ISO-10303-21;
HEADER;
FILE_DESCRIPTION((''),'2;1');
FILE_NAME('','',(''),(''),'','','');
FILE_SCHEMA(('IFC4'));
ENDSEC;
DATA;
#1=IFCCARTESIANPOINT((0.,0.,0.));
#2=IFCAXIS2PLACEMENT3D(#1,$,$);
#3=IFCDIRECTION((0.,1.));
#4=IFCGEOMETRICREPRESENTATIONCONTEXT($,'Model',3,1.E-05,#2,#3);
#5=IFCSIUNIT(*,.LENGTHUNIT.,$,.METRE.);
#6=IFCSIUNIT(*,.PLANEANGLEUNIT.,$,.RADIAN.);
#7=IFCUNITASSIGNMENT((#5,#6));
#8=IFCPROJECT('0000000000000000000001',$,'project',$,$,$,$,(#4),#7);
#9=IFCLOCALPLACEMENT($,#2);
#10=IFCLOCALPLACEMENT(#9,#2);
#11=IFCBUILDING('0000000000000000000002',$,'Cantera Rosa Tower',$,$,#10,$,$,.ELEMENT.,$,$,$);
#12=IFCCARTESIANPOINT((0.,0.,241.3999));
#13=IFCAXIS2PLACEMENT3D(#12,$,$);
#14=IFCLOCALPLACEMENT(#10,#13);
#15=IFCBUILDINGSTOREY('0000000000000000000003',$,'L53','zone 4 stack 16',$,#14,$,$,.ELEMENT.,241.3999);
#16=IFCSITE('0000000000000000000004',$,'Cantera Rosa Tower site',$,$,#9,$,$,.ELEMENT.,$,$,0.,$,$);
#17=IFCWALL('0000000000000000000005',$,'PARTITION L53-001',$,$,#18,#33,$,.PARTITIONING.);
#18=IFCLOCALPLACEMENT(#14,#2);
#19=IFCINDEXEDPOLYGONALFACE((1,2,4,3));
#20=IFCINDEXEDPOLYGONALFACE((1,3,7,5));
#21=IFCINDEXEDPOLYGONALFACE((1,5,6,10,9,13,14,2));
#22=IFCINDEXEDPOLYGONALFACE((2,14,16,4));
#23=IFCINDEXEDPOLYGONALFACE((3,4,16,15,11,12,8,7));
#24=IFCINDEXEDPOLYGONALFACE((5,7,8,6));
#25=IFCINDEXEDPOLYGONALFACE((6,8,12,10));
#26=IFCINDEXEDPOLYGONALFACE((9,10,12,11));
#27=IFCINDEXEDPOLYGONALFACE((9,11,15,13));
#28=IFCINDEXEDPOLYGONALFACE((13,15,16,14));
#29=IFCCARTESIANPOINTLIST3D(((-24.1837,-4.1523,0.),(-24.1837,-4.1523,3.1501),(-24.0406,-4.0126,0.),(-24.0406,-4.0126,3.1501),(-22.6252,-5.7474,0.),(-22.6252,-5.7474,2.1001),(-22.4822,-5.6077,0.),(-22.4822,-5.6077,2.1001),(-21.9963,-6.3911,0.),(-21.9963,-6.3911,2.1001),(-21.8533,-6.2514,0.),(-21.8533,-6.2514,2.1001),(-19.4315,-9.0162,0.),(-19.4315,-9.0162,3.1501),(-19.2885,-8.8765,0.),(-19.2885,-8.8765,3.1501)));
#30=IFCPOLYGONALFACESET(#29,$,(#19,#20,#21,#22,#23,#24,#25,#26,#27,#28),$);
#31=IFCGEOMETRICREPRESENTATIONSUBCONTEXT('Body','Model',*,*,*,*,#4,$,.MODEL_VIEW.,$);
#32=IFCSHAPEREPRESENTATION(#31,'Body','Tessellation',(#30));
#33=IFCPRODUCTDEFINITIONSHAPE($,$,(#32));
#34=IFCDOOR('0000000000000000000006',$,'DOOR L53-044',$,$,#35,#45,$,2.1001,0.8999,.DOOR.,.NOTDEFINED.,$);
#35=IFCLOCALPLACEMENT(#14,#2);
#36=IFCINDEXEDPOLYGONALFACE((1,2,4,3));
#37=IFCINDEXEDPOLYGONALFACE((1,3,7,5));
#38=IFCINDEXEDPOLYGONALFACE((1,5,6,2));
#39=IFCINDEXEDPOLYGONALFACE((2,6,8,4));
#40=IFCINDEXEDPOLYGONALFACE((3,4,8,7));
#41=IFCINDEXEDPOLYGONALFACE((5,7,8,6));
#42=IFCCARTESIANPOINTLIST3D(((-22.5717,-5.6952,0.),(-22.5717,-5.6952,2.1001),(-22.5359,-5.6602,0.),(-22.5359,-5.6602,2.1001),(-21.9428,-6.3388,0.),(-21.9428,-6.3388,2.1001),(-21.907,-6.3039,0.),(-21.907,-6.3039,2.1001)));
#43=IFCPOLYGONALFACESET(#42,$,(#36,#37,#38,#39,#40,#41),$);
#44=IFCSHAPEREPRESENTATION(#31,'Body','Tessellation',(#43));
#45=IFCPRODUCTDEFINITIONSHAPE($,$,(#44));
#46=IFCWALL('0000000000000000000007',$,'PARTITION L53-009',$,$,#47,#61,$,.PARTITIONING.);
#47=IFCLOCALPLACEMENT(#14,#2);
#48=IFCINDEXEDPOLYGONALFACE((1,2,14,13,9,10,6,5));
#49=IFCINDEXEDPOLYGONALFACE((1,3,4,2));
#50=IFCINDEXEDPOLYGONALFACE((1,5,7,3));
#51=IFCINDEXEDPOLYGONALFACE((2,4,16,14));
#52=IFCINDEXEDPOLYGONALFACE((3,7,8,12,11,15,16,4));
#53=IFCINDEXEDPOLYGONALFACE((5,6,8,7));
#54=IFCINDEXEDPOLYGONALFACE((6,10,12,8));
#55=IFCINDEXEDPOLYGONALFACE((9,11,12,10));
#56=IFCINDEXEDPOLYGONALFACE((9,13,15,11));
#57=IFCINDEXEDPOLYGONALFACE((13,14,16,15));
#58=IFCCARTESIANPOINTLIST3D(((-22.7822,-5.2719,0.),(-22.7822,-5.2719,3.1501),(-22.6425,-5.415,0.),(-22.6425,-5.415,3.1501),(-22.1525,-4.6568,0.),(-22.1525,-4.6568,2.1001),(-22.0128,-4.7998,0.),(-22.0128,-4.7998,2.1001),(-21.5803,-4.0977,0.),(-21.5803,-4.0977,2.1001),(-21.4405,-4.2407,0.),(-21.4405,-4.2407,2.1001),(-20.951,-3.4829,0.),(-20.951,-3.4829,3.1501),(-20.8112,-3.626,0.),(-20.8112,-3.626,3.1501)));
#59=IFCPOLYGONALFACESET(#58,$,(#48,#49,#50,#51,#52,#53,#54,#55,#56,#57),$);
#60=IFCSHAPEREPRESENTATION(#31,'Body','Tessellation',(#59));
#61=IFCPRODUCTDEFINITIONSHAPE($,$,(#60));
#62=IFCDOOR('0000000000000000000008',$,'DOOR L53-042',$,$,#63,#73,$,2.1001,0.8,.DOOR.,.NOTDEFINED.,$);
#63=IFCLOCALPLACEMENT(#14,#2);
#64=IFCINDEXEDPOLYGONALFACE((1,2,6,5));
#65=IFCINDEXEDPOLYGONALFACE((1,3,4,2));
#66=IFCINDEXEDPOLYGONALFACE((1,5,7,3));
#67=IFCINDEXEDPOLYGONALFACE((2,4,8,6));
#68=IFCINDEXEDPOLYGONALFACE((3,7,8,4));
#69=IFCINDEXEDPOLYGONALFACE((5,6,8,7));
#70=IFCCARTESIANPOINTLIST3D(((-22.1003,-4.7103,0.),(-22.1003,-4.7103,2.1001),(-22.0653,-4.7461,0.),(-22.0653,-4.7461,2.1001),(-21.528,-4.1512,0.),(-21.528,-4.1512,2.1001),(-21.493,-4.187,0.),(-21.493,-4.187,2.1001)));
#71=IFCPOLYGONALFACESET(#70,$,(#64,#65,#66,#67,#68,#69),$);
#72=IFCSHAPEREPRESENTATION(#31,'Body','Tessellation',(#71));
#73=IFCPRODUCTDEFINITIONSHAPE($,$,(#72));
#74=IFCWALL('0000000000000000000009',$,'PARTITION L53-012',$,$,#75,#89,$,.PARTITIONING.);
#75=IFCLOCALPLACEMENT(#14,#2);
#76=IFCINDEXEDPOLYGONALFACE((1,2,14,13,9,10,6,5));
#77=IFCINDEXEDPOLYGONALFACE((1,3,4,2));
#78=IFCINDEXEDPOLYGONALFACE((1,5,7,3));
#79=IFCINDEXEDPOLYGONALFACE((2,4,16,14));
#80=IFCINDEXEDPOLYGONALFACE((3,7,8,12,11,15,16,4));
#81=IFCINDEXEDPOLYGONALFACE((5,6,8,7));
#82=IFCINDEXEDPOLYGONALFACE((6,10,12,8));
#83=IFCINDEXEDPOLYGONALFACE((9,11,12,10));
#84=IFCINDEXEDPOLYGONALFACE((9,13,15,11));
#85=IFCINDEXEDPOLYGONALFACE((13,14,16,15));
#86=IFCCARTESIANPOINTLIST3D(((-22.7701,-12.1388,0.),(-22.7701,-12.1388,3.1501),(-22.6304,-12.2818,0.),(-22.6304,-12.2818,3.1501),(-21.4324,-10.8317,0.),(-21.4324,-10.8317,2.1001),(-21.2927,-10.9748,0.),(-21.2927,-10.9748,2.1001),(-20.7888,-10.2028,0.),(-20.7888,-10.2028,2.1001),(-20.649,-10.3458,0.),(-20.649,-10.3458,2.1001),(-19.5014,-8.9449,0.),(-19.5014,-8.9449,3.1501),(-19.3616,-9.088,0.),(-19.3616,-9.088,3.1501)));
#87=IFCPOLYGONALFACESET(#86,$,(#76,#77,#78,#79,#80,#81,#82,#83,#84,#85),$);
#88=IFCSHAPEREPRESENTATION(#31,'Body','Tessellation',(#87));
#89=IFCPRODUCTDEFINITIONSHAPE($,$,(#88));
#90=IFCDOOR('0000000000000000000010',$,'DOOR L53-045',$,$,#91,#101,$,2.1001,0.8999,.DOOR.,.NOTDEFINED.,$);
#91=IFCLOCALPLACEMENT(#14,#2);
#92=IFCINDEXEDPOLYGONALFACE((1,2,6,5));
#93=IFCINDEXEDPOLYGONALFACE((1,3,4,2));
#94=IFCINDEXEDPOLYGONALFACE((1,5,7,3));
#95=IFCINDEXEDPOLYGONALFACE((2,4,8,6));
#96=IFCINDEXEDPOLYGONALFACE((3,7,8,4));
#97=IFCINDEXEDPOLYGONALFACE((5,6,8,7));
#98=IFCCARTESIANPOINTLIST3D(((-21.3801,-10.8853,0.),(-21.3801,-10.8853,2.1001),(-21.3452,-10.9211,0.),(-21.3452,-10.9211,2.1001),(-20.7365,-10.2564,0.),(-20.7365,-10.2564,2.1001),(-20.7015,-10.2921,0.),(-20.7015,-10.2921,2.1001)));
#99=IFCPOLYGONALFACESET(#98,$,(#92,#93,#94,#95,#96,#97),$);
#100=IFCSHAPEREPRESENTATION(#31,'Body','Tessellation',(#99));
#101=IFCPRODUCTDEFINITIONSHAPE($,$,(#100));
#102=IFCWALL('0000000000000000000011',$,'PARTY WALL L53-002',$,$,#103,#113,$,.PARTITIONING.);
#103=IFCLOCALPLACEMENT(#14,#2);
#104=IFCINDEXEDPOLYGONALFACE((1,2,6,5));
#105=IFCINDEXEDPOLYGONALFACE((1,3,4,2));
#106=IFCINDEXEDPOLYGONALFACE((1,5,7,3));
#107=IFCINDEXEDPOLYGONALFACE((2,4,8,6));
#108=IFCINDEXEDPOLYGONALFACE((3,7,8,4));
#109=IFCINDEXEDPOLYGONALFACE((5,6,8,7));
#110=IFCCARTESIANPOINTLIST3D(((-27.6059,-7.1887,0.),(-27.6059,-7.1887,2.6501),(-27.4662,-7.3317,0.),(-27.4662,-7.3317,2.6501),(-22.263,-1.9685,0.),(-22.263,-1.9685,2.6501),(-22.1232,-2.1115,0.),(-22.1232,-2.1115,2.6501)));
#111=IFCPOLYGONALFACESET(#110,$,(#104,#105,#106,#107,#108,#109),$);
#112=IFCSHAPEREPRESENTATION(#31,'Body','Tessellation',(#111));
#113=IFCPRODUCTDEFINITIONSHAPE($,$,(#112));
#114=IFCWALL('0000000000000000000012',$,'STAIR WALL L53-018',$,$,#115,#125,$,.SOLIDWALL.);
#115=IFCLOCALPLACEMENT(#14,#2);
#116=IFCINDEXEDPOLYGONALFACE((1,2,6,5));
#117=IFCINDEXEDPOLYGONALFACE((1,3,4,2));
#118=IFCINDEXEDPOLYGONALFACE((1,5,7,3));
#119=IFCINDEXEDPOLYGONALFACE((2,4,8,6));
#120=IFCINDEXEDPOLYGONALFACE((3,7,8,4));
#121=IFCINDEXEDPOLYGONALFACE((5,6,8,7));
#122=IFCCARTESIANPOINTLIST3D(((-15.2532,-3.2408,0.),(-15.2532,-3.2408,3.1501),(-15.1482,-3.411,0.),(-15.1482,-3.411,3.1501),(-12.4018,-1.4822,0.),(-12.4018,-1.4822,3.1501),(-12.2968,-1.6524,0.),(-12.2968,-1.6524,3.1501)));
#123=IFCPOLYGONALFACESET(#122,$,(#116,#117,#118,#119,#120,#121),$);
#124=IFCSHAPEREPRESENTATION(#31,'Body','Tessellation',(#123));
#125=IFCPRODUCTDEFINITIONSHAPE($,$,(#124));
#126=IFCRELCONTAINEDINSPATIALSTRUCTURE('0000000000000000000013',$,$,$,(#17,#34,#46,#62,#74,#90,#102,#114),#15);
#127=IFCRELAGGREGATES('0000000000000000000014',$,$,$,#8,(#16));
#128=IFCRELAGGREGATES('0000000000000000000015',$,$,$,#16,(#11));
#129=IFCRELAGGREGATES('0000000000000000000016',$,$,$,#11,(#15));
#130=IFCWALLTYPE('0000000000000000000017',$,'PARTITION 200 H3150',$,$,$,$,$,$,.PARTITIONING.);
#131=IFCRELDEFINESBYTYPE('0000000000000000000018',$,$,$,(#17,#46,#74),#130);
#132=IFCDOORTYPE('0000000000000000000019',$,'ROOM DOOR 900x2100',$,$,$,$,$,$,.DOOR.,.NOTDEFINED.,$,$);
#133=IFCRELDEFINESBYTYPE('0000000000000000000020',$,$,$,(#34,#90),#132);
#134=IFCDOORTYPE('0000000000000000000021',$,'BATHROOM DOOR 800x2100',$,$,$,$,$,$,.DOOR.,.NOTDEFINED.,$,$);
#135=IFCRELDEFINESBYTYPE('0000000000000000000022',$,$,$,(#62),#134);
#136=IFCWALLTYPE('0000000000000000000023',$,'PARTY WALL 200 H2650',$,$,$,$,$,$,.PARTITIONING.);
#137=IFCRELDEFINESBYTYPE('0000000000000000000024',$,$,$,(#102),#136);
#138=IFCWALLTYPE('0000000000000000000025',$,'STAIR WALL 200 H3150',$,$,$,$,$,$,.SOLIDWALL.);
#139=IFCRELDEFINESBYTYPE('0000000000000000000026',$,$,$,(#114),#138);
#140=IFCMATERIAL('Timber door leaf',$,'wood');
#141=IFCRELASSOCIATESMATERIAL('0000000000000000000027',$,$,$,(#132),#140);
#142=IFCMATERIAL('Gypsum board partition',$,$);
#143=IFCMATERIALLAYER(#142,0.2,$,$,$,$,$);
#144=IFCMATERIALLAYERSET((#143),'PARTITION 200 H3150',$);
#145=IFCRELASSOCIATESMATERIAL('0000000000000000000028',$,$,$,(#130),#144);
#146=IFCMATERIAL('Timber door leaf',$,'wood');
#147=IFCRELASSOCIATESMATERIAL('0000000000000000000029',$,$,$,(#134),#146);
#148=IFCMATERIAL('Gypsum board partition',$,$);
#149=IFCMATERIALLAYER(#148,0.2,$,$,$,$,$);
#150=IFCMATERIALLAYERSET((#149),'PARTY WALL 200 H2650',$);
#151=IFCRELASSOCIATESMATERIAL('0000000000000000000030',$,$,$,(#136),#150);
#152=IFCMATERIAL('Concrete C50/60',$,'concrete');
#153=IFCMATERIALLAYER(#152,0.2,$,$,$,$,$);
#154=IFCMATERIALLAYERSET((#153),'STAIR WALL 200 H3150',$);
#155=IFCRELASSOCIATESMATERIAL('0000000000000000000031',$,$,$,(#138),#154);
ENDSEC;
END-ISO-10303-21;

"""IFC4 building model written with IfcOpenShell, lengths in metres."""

from ifc_helpers import new_model, si_unit, direction, frame, frame_2d, origin, place, context, subcontext, project, spatial, rectangle, extrude, material, layer, layer_set, type_object, element, fill, save


model = new_model("IFC4")

# Units and contexts
model_context = context("Model", 3, precision=1e-05, world=origin(), true_north=direction((0.0, 1.0)))
body_context = subcontext(model_context, "Body", "Model", "MODEL_VIEW")
ifc_project = project(units=[si_unit("LENGTHUNIT", "METRE"), si_unit("PLANEANGLEUNIT", "RADIAN")], contexts=[model_context])

# Site, building, storey
site_placement = place(None, origin())
site = spatial("IfcSite", under=ifc_project, at=site_placement, Name="Cantera Rosa Tower site", CompositionType="ELEMENT", RefElevation=0.0)
building_placement = place(site_placement, origin())
building = spatial("IfcBuilding", under=site, at=building_placement, Name="Cantera Rosa Tower", CompositionType="ELEMENT")
storey_placement = place(building_placement, frame((0.0, 0.0, 241.3999)))
storey = spatial("IfcBuildingStorey", under=building, at=storey_placement, Name="L53", Description="zone 4 stack 16", CompositionType="ELEMENT", Elevation=241.3999)

# Walls, openings, doors
ifc_material_1 = material(Name="Timber door leaf", Category="wood")
door_type_1 = type_object("IfcDoorType", Name="ROOM DOOR 900x2100", OperationType="NOTDEFINED", PredefinedType="DOOR", material=ifc_material_1)
ifc_material_2 = material(Name="Gypsum board partition")
ifc_layer_1 = layer(ifc_material_2, 0.2)
ifc_layer_set_1 = layer_set([ifc_layer_1], Name="PARTITION 200 H3150")
wall_type_1 = type_object("IfcWallType", Name="PARTITION 200 H3150", PredefinedType="PARTITIONING", material=ifc_layer_set_1)
wall_1_placement = place(storey_placement, frame((-24.1121, -4.0825, 0.0), z_axis=(0.0, 0.0, 1.0), x_axis=(0.698837, -0.715281, 0.0)))
wall_1 = element("IfcWall", 1, at=wall_1_placement, inside=storey, type_object=wall_type_1, Name="PARTITION L53-001", PredefinedType="PARTITIONING", context=body_context, shape_type="SweptSolid", body=[
    extrude(rectangle(XDim=6.8, YDim=0.2, at=frame_2d((3.3999, 0.0))), origin(), (0.0, 0.0, 1.0), 3.1501),
])
opening_1_placement = place(wall_1_placement, frame((2.23, 0.0, 0.0)))
opening_1 = element("IfcOpeningElement", 2, at=opening_1_placement, cuts=wall_1, PredefinedType="OPENING", context=body_context, shape_type="SweptSolid", body=[
    extrude(rectangle(XDim=0.8999, YDim=2.1001, at=frame_2d((0.45, 1.05))), frame((0.0, 0.1099, 0.0), z_axis=(0.0, -1.0, 0.0), x_axis=(1.0, 0.0, 0.0)), (0.0, 0.0, 1.0), 0.22),
])
door_1_placement = place(opening_1_placement, origin())
door_1 = element("IfcDoor", 3, at=door_1_placement, inside=storey, type_object=door_type_1, Name="DOOR L53-044", OperationType="NOTDEFINED", OverallHeight=2.1001, OverallWidth=0.8999, PredefinedType="DOOR", context=body_context, shape_type="SweptSolid", body=[
    extrude(rectangle(XDim=0.8999, YDim=2.1001, at=frame_2d((0.45, 1.05))), frame((0.0, 0.0249, 0.0), z_axis=(0.0, -1.0, 0.0), x_axis=(1.0, 0.0, 0.0)), (0.0, 0.0, 1.0), 0.05),
])
fill(opening_1, door_1)
wall_2_placement = place(storey_placement, frame((-20.8811, -3.5544, 0.0), z_axis=(0.0, 0.0, 1.0), x_axis=(-0.715307, -0.69881, 0.0)))
wall_2 = element("IfcWall", 4, at=wall_2_placement, inside=storey, type_object=wall_type_1, Name="PARTITION L53-009", PredefinedType="PARTITIONING", context=body_context, shape_type="SweptSolid", body=[
    extrude(rectangle(XDim=2.5601, YDim=0.2, at=frame_2d((1.28, 0.0))), origin(), (0.0, 0.0, 1.0), 3.1501),
])
opening_2_placement = place(wall_2_placement, frame((0.8799, 0.0, 0.0)))
opening_2 = element("IfcOpeningElement", 5, at=opening_2_placement, cuts=wall_2, PredefinedType="OPENING", context=body_context, shape_type="SweptSolid", body=[
    extrude(rectangle(XDim=0.8, YDim=2.1001, at=frame_2d((0.3999, 1.05))), frame((0.0, 0.1099, 0.0), z_axis=(0.0, -1.0, 0.0), x_axis=(1.0, 0.0, 0.0)), (0.0, 0.0, 1.0), 0.22),
])
ifc_material_3 = material(Name="Timber door leaf", Category="wood")
door_type_2 = type_object("IfcDoorType", Name="BATHROOM DOOR 800x2100", OperationType="NOTDEFINED", PredefinedType="DOOR", material=ifc_material_3)
door_2_placement = place(opening_2_placement, origin())
door_2 = element("IfcDoor", 6, at=door_2_placement, inside=storey, type_object=door_type_2, Name="DOOR L53-042", OperationType="NOTDEFINED", OverallHeight=2.1001, OverallWidth=0.8, PredefinedType="DOOR", context=body_context, shape_type="SweptSolid", body=[
    extrude(rectangle(XDim=0.8, YDim=2.1001, at=frame_2d((0.3999, 1.05))), frame((0.0, 0.0249, 0.0), z_axis=(0.0, -1.0, 0.0), x_axis=(1.0, 0.0, 0.0)), (0.0, 0.0, 1.0), 0.05),
])
fill(opening_2, door_2)
wall_3_placement = place(storey_placement, frame((-19.4314, -9.0164, 0.0), z_axis=(0.0, 0.0, 1.0), x_axis=(-0.715259, -0.698859, 0.0)))
wall_3 = element("IfcWall", 7, at=wall_3_placement, inside=storey, type_object=wall_type_1, Name="PARTITION L53-012", PredefinedType="PARTITIONING", context=body_context, shape_type="SweptSolid", body=[
    extrude(rectangle(XDim=4.5701, YDim=0.2, at=frame_2d((2.2852, 0.0))), origin(), (0.0, 0.0, 1.0), 3.1501),
])
opening_3_placement = place(wall_3_placement, frame((1.8, 0.0, 0.0)))
opening_3 = element("IfcOpeningElement", 8, at=opening_3_placement, cuts=wall_3, PredefinedType="OPENING", context=body_context, shape_type="SweptSolid", body=[
    extrude(rectangle(XDim=0.8999, YDim=2.1001, at=frame_2d((0.45, 1.05))), frame((0.0, 0.1099, 0.0), z_axis=(0.0, -1.0, 0.0), x_axis=(1.0, 0.0, 0.0)), (0.0, 0.0, 1.0), 0.22),
])
door_3_placement = place(opening_3_placement, origin())
door_3 = element("IfcDoor", 9, at=door_3_placement, inside=storey, type_object=door_type_1, Name="DOOR L53-045", OperationType="NOTDEFINED", OverallHeight=2.1001, OverallWidth=0.8999, PredefinedType="DOOR", context=body_context, shape_type="SweptSolid", body=[
    extrude(rectangle(XDim=0.8999, YDim=2.1001, at=frame_2d((0.45, 1.05))), frame((0.0, 0.0249, 0.0), z_axis=(0.0, -1.0, 0.0), x_axis=(1.0, 0.0, 0.0)), (0.0, 0.0, 1.0), 0.05),
])
fill(opening_3, door_3)

# Walls
ifc_material_4 = material(Name="Gypsum board partition")
ifc_layer_2 = layer(ifc_material_4, 0.2)
ifc_layer_set_2 = layer_set([ifc_layer_2], Name="PARTY WALL 200 H2650")
wall_type_2 = type_object("IfcWallType", Name="PARTY WALL 200 H2650", PredefinedType="PARTITIONING", material=ifc_layer_set_2)
wall_4_placement = place(storey_placement, frame((-22.1931, -2.04, 0.0), z_axis=(0.0, 0.0, 1.0), x_axis=(-0.715279, -0.698839, 0.0)))
element("IfcWall", 10, at=wall_4_placement, inside=storey, type_object=wall_type_2, Name="PARTY WALL L53-002", PredefinedType="PARTITIONING", context=body_context, shape_type="SweptSolid", body=[
    extrude(rectangle(XDim=7.4697, YDim=0.2, at=frame_2d((3.7349, 0.0))), origin(), (0.0, 0.0, 1.0), 2.6501),
])
ifc_material_5 = material(Name="Concrete C50/60", Category="concrete")
ifc_layer_3 = layer(ifc_material_5, 0.2)
ifc_layer_set_3 = layer_set([ifc_layer_3], Name="STAIR WALL 200 H3150")
wall_type_3 = type_object("IfcWallType", Name="STAIR WALL 200 H3150", PredefinedType="SOLIDWALL", material=ifc_layer_set_3)
wall_5_placement = place(storey_placement, frame((-15.2007, -3.3259, 0.0), z_axis=(0.0, 0.0, 1.0), x_axis=(0.85114, 0.524939, 0.0)))
element("IfcWall", 11, at=wall_5_placement, inside=storey, type_object=wall_type_3, Name="STAIR WALL L53-018", PredefinedType="SOLIDWALL", context=body_context, shape_type="SweptSolid", body=[
    extrude(rectangle(XDim=3.3501, YDim=0.2, at=frame_2d((1.675, 0.0))), origin(), (0.0, 0.0, 1.0), 3.1501),
])

save(model, "model.ifc")
